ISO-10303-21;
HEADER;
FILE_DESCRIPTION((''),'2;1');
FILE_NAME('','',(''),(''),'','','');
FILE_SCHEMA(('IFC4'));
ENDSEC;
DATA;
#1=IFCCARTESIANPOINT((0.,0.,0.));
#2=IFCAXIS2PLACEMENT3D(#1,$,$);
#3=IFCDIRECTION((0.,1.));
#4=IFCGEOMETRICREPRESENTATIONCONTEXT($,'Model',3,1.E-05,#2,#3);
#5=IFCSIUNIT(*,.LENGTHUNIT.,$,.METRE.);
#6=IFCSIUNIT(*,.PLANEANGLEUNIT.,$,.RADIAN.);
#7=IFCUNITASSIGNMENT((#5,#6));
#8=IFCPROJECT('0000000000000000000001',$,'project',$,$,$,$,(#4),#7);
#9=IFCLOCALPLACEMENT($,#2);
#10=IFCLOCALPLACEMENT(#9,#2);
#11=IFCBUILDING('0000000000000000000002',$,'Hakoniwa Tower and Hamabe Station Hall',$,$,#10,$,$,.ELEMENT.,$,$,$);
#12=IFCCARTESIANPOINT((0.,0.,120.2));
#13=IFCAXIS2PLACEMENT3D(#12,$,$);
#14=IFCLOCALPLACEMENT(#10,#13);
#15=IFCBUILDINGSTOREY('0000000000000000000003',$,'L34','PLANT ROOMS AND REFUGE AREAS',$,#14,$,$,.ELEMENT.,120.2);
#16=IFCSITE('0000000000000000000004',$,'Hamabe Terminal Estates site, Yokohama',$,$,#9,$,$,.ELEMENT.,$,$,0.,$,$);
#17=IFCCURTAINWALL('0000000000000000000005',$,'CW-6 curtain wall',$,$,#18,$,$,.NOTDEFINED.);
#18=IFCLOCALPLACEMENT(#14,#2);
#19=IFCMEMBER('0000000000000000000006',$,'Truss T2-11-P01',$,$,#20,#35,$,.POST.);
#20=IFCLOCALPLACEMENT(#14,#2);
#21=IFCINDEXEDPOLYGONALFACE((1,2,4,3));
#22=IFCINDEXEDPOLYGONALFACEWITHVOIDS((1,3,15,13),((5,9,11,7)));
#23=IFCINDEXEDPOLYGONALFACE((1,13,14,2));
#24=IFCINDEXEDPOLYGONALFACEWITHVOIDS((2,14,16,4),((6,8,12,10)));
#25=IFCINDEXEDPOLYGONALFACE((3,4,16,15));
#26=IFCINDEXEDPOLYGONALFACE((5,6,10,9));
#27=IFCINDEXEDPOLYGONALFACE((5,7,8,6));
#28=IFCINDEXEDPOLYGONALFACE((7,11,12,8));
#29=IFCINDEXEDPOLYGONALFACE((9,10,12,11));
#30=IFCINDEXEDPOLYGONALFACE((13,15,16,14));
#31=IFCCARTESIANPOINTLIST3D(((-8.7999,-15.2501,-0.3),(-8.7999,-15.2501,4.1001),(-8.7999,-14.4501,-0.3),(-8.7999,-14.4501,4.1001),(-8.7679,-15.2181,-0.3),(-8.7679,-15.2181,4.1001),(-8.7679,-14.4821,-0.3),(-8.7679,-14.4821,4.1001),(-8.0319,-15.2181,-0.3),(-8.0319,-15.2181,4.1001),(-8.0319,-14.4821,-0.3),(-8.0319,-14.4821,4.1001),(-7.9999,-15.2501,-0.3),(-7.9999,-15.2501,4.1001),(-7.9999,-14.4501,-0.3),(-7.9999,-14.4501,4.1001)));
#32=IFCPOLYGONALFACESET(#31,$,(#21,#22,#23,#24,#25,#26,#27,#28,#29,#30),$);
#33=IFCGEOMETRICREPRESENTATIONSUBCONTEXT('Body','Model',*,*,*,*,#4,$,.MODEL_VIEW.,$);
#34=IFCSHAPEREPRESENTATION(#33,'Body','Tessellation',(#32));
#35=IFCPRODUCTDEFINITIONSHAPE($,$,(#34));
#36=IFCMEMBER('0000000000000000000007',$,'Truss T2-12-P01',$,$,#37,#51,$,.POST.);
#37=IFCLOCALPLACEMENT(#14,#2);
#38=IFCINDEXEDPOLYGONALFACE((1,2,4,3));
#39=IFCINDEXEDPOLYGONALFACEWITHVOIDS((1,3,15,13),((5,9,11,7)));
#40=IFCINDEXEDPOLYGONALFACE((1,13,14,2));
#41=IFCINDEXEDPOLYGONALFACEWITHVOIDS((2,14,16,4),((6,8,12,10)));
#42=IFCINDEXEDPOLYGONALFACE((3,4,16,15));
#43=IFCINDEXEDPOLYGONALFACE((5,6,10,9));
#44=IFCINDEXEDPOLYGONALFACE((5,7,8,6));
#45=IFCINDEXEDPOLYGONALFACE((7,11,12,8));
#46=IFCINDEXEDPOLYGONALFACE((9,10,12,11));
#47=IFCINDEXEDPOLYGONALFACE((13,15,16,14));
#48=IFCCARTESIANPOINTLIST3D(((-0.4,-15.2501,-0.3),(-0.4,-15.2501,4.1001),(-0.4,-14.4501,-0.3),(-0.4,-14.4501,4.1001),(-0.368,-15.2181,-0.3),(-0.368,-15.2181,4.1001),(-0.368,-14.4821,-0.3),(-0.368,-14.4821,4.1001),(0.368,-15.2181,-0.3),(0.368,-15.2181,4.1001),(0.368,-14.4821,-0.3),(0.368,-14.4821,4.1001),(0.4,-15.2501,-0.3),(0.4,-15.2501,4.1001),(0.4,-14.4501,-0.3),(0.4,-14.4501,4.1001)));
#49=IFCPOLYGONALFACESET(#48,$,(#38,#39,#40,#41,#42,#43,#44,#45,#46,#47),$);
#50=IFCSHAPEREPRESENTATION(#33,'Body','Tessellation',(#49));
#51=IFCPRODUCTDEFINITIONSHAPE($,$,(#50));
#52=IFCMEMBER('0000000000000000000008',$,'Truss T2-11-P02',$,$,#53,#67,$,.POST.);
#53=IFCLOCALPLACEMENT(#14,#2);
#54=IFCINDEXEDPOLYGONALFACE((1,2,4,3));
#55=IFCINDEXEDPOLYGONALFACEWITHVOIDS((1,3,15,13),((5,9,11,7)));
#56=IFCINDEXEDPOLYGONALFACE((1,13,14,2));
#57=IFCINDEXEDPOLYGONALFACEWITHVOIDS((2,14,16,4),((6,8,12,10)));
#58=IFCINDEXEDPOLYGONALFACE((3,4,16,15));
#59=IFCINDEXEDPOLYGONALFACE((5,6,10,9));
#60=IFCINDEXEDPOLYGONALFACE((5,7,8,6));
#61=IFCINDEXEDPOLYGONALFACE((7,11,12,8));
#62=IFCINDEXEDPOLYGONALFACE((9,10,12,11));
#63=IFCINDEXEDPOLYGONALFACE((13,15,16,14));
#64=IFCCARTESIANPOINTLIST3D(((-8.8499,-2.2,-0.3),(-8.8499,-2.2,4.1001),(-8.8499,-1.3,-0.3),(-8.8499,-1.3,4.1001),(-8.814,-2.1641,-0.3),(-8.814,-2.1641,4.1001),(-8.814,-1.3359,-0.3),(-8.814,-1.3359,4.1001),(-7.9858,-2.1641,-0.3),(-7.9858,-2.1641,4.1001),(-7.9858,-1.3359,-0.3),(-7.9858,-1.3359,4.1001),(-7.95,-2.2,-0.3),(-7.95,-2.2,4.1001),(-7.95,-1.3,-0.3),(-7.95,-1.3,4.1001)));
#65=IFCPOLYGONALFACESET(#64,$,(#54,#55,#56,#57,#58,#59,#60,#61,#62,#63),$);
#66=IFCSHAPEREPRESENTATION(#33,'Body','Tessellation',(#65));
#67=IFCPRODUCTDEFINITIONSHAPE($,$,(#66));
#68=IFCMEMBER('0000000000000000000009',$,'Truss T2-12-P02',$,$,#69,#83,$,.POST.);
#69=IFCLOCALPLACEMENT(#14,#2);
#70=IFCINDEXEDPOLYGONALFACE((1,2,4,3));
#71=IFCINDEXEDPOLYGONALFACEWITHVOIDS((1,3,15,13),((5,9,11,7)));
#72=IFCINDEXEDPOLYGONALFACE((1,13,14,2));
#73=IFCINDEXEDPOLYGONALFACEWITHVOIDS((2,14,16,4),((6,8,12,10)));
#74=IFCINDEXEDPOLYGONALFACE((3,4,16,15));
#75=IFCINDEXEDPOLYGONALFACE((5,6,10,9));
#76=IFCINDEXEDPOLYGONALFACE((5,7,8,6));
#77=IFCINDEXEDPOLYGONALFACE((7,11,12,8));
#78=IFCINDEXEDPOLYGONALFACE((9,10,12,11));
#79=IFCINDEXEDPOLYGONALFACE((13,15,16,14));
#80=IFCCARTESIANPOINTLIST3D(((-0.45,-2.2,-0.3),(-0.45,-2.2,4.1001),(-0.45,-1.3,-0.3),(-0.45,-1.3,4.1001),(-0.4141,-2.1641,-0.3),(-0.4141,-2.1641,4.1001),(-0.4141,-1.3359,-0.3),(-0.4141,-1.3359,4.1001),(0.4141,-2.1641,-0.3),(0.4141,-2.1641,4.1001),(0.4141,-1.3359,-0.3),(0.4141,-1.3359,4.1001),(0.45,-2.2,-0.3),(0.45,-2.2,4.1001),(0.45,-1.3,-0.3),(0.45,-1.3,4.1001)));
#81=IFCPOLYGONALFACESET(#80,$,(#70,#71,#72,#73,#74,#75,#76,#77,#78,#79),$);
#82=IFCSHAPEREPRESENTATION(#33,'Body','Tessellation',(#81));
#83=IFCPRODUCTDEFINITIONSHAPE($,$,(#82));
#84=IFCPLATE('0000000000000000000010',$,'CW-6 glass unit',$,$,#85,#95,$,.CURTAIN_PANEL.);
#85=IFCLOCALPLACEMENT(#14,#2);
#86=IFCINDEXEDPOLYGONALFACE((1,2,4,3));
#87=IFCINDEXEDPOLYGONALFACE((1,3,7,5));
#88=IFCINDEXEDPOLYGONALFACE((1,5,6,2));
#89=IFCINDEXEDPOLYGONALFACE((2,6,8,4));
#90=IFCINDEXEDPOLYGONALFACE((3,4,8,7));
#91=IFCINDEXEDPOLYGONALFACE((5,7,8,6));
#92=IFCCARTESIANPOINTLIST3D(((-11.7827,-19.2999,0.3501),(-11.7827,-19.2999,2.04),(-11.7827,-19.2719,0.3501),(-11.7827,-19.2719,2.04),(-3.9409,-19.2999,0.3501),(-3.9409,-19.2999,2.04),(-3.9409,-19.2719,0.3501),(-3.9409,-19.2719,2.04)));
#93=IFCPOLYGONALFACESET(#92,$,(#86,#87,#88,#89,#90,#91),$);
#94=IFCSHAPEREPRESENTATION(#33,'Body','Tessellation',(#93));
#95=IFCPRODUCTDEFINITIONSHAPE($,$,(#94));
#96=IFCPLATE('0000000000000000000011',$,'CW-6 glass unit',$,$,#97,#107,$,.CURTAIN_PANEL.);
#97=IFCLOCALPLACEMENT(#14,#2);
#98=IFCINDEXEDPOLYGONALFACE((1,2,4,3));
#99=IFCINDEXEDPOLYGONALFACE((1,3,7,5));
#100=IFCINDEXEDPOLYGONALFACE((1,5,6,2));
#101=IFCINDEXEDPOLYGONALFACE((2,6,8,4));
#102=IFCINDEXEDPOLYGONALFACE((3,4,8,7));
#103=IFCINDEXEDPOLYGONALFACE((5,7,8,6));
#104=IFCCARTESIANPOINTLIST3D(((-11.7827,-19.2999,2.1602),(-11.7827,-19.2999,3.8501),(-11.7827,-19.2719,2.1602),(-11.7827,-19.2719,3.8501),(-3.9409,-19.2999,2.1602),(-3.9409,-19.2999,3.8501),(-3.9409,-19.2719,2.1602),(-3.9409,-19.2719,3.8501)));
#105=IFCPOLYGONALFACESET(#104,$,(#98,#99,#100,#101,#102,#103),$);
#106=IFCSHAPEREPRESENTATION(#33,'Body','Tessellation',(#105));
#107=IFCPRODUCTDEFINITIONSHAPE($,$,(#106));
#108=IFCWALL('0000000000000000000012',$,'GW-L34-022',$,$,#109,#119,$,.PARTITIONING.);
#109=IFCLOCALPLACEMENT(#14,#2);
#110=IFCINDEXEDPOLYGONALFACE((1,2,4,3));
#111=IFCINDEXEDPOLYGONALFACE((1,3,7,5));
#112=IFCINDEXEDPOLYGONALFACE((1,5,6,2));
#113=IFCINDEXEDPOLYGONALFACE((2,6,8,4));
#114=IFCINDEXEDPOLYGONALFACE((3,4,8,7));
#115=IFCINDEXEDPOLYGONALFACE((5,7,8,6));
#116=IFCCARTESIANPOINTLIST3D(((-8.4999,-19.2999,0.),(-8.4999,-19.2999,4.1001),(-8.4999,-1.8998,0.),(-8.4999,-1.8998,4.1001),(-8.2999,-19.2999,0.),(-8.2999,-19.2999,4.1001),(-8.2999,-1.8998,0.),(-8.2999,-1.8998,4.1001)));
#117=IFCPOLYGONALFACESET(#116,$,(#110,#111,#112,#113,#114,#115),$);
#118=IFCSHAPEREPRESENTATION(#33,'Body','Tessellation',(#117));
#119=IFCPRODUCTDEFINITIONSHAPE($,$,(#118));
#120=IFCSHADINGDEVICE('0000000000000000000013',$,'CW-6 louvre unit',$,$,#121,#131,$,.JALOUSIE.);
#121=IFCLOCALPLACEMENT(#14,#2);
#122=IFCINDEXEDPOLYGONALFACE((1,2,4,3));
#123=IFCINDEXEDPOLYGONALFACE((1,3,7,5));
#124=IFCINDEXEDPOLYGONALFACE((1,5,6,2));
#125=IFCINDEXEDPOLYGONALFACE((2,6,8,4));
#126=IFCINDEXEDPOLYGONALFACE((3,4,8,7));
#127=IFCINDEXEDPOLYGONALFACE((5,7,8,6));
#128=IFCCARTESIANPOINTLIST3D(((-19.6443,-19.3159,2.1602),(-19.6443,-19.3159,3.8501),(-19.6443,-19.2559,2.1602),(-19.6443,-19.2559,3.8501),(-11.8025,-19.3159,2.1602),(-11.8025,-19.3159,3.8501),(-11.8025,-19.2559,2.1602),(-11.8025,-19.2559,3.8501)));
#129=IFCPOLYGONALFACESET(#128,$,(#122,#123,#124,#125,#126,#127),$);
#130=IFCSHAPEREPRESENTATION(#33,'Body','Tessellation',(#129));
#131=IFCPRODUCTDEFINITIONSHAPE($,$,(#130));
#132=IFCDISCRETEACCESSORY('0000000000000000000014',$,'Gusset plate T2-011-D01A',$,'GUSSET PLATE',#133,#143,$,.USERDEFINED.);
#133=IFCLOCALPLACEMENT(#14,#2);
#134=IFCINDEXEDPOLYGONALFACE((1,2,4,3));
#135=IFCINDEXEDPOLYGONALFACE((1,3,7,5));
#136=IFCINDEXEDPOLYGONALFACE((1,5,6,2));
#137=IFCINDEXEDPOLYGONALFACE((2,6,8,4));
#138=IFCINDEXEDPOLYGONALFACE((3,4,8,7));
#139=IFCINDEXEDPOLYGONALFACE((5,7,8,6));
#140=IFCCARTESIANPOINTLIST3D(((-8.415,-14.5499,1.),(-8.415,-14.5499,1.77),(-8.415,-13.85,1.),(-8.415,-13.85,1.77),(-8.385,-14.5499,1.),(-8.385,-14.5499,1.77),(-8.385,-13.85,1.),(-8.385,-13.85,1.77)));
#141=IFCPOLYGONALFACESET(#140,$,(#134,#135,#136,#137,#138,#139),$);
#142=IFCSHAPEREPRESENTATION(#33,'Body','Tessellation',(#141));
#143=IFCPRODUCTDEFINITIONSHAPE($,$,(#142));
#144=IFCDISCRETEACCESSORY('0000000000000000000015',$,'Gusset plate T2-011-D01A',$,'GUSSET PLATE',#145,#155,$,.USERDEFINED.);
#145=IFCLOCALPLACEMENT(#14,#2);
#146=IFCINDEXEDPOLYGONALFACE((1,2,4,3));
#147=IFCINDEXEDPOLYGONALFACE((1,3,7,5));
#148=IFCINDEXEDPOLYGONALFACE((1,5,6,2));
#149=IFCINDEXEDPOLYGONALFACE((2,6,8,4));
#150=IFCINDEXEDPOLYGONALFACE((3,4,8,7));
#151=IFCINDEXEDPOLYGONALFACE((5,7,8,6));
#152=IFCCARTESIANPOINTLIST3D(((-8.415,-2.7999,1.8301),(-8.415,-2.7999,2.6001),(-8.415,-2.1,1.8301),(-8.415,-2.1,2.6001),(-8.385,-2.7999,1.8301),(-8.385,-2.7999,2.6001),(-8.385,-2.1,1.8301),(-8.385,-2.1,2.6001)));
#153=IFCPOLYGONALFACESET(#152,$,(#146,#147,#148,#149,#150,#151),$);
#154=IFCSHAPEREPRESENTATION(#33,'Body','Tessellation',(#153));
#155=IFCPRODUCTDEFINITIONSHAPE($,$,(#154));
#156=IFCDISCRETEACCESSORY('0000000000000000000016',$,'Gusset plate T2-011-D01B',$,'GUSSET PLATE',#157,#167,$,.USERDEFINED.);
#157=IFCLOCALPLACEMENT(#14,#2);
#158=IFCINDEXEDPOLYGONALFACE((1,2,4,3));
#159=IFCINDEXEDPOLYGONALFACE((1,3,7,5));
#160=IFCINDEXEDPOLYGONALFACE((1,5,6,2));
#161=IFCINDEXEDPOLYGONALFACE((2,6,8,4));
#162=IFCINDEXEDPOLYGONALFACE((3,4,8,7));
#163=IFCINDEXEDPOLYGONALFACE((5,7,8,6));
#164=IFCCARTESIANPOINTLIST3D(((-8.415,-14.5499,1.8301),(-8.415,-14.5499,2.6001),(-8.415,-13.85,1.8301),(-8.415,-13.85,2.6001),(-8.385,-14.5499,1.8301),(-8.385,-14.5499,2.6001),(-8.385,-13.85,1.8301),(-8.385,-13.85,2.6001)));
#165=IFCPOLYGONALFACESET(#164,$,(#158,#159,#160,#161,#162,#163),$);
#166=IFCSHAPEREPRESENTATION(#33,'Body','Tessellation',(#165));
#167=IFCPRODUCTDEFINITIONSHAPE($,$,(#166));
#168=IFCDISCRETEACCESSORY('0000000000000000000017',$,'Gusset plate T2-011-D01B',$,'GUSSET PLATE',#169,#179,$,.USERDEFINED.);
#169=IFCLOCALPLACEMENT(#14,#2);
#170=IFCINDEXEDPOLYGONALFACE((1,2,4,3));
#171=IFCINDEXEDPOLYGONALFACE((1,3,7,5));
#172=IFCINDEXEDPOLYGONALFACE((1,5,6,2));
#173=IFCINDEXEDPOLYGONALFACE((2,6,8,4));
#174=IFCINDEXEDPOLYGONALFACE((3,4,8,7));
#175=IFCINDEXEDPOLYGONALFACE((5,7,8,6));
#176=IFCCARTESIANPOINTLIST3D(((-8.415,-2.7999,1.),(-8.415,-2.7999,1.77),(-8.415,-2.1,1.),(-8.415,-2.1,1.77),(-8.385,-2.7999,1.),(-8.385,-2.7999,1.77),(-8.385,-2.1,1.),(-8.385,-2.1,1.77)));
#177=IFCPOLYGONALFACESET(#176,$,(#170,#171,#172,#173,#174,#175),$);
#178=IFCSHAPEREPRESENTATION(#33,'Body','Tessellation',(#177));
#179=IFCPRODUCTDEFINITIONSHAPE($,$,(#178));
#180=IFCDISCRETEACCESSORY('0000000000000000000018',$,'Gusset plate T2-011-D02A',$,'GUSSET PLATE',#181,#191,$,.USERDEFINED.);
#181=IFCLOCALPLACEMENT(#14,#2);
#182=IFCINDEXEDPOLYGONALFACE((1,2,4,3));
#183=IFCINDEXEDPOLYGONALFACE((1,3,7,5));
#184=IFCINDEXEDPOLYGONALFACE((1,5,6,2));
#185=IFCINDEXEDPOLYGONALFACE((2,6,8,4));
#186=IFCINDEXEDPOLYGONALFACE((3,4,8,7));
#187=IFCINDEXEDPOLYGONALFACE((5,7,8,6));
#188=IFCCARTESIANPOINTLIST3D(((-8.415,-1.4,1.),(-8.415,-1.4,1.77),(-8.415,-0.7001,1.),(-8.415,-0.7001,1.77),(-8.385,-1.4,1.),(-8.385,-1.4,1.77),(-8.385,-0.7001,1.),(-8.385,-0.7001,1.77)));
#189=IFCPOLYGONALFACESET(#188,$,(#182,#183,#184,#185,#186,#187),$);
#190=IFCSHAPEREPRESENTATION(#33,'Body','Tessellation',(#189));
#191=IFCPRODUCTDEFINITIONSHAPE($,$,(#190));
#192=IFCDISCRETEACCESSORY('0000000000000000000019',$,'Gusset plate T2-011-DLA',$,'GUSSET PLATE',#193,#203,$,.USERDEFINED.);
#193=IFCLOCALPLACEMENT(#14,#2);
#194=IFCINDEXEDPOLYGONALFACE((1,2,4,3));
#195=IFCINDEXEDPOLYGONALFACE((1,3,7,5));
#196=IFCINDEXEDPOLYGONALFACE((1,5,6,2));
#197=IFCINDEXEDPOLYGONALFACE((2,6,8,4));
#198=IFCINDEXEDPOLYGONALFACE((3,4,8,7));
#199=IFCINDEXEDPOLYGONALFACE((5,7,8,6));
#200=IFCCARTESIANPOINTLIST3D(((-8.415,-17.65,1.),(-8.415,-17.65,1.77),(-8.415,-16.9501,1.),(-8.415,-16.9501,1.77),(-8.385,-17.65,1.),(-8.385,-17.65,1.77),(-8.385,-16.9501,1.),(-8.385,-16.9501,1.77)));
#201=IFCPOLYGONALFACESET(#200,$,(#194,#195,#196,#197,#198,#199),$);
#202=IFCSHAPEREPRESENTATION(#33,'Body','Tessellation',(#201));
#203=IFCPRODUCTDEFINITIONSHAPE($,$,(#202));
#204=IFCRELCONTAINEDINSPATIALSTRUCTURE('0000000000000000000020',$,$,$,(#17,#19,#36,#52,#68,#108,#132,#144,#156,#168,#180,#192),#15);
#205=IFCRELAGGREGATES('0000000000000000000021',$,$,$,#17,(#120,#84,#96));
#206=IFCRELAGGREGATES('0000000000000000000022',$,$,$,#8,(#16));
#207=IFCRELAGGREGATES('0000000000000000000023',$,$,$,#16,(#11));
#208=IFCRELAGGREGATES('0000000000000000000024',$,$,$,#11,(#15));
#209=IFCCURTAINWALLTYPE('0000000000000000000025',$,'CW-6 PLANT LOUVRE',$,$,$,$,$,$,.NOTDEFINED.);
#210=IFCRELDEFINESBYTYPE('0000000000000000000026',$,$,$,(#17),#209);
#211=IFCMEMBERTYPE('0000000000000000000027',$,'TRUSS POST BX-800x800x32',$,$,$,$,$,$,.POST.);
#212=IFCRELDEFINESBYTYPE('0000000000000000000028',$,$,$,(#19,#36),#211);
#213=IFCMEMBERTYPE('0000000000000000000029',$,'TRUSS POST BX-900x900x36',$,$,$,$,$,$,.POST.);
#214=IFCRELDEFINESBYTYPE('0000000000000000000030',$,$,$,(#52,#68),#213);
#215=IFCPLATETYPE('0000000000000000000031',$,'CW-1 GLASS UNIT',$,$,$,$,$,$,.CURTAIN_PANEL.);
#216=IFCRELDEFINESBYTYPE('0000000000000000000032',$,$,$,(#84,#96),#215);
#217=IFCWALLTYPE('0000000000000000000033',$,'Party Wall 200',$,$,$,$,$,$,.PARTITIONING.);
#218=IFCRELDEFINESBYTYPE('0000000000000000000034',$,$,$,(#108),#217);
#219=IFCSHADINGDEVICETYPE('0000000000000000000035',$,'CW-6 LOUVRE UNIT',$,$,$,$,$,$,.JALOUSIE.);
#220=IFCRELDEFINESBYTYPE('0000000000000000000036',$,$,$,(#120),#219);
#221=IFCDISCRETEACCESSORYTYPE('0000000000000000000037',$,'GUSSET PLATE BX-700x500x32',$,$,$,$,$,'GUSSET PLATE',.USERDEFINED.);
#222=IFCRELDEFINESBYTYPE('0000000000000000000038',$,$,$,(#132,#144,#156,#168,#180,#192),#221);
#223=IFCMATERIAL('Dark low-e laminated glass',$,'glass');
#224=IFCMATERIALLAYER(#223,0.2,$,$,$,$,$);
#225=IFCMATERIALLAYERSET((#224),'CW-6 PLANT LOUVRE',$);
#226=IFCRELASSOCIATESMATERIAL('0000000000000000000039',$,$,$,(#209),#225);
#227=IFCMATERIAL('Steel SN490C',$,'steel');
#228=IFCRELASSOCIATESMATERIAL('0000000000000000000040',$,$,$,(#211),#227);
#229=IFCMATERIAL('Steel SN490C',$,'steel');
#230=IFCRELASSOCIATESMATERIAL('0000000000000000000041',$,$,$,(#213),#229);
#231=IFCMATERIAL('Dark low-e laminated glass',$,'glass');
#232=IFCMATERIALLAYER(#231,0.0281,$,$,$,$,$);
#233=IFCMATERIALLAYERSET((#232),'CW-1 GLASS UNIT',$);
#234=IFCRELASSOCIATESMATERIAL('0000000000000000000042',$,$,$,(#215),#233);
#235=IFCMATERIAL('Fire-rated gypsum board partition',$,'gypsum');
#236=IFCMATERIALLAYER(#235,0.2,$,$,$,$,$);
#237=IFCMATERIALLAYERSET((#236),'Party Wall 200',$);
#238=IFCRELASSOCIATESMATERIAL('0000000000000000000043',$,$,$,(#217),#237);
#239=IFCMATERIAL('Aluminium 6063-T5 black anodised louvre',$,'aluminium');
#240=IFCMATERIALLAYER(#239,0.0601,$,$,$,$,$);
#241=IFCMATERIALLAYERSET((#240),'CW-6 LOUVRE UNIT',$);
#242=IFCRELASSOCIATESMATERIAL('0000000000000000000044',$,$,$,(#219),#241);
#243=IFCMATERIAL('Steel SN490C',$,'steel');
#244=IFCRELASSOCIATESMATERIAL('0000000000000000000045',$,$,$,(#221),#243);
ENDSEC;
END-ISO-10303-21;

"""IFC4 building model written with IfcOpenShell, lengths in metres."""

from ifc_helpers import new_model, si_unit, direction, frame, frame_2d, origin, origin_2d, place, context, subcontext, project, spatial, rectangle, hollow_rectangle, extrude, material, layer, layer_set, material_profile, profile_set, type_object, element, aggregate, save


model = new_model("IFC4")

# Units and contexts
model_context = context("Model", 3, precision=1e-05, world=origin(), true_north=direction((0.0, 1.0)))
body_context = subcontext(model_context, "Body", "Model", "MODEL_VIEW")
ifc_project = project(units=[si_unit("LENGTHUNIT", "METRE"), si_unit("PLANEANGLEUNIT", "RADIAN")], contexts=[model_context])

# Site, building, storey
site_placement = place(None, origin())
site = spatial("IfcSite", under=ifc_project, at=site_placement, Name="Hamabe Terminal Estates site, Yokohama", CompositionType="ELEMENT", RefElevation=0.0)
building_placement = place(site_placement, origin())
building = spatial("IfcBuilding", under=site, at=building_placement, Name="Hakoniwa Tower and Hamabe Station Hall", CompositionType="ELEMENT")
storey_placement = place(building_placement, frame((0.0, 0.0, 120.2)))
storey = spatial("IfcBuildingStorey", under=building, at=storey_placement, Name="L34", Description="PLANT ROOMS AND REFUGE AREAS", CompositionType="ELEMENT", Elevation=120.2)

# Curtain wall
ifc_material_1 = material(Name="Dark low-e laminated glass", Category="glass")
ifc_layer_1 = layer(ifc_material_1, 0.2)
ifc_layer_set_1 = layer_set([ifc_layer_1], Name="CW-6 PLANT LOUVRE")
curtain_wall_type = type_object("IfcCurtainWallType", Name="CW-6 PLANT LOUVRE", PredefinedType="NOTDEFINED", material=ifc_layer_set_1)
curtain_wall_placement = place(storey_placement, origin())
curtain_wall = element("IfcCurtainWall", 1, at=curtain_wall_placement, inside=storey, type_object=curtain_wall_type, Name="CW-6 curtain wall", PredefinedType="NOTDEFINED")

# Members
ifc_material_2 = material(Name="Steel SN490C", Category="steel")
ifc_material_profile_1 = material_profile(ifc_material_2, hollow_rectangle(XDim=0.8, YDim=0.8, WallThickness=0.032, at=origin_2d()), Name="BX-800x800x32")
ifc_profile_set_1 = profile_set([ifc_material_profile_1], Name="Steel SN490C")
member_type_1 = type_object("IfcMemberType", Name="TRUSS POST BX-800x800x32", PredefinedType="POST", material=ifc_profile_set_1)
for number, where, z_axis, x_axis, name in (
    (2, (-8.3999, -14.8501, -0.3), (0.0, 0.0, 1.0), (1.0, 0.0, 0.0), "Truss T2-11-P01"),
    (3, (0.0, -14.8501, -0.3), (0.0, 0.0, 1.0), (1.0, 0.0, 0.0), "Truss T2-12-P01"),
):
    element("IfcMember", number, at=place(storey_placement, frame(where, z_axis=z_axis, x_axis=x_axis)), inside=storey, type_object=member_type_1, Name=name, PredefinedType="POST", context=body_context, shape_type="SweptSolid", body=[
        extrude(hollow_rectangle(XDim=0.8, YDim=0.8, WallThickness=0.032, at=origin_2d()), origin(), (0.0, 0.0, 1.0), 4.4001),
    ])
ifc_material_3 = material(Name="Steel SN490C", Category="steel")
ifc_material_profile_2 = material_profile(ifc_material_3, hollow_rectangle(XDim=0.8999, YDim=0.8999, WallThickness=0.0359, at=origin_2d()), Name="BX-900x900x36")
ifc_profile_set_2 = profile_set([ifc_material_profile_2], Name="Steel SN490C")
member_type_2 = type_object("IfcMemberType", Name="TRUSS POST BX-900x900x36", PredefinedType="POST", material=ifc_profile_set_2)
for number, where, z_axis, x_axis, name in (
    (4, (-8.3999, -1.75, -0.3), (0.0, 0.0, 1.0), (1.0, 0.0, 0.0), "Truss T2-11-P02"),
    (5, (0.0, -1.75, -0.3), (0.0, 0.0, 1.0), (1.0, 0.0, 0.0), "Truss T2-12-P02"),
):
    element("IfcMember", number, at=place(storey_placement, frame(where, z_axis=z_axis, x_axis=x_axis)), inside=storey, type_object=member_type_2, Name=name, PredefinedType="POST", context=body_context, shape_type="SweptSolid", body=[
        extrude(hollow_rectangle(XDim=0.8999, YDim=0.8999, WallThickness=0.0359, at=origin_2d()), origin(), (0.0, 0.0, 1.0), 4.4001),
    ])

# Plates
ifc_material_4 = material(Name="Dark low-e laminated glass", Category="glass")
ifc_layer_2 = layer(ifc_material_4, 0.0281)
ifc_layer_set_2 = layer_set([ifc_layer_2], Name="CW-1 GLASS UNIT")
plate_type = type_object("IfcPlateType", Name="CW-1 GLASS UNIT", PredefinedType="CURTAIN_PANEL", material=ifc_layer_set_2)
plate_1_placement = place(storey_placement, frame((-7.8618, -19.2859, 0.3501), z_axis=(0.0, 0.0, 1.0), x_axis=(1.0, 0.0, 0.0)))
plate_1 = element("IfcPlate", 6, at=plate_1_placement, type_object=plate_type, Name="CW-6 glass unit", PredefinedType="CURTAIN_PANEL", context=body_context, shape_type="SweptSolid", body=[
    extrude(rectangle(XDim=7.8418, YDim=0.0281, at=origin_2d()), origin(), (0.0, 0.0, 1.0), 1.6899),
])
plate_2_placement = place(storey_placement, frame((-7.8618, -19.2859, 2.1602), z_axis=(0.0, 0.0, 1.0), x_axis=(1.0, 0.0, 0.0)))
plate_2 = element("IfcPlate", 7, at=plate_2_placement, type_object=plate_type, Name="CW-6 glass unit", PredefinedType="CURTAIN_PANEL", context=body_context, shape_type="SweptSolid", body=[
    extrude(rectangle(XDim=7.8418, YDim=0.0281, at=origin_2d()), origin(), (0.0, 0.0, 1.0), 1.6899),
])

# Wall
ifc_material_5 = material(Name="Fire-rated gypsum board partition", Category="gypsum")
ifc_layer_3 = layer(ifc_material_5, 0.2)
ifc_layer_set_3 = layer_set([ifc_layer_3], Name="Party Wall 200")
wall_type = type_object("IfcWallType", Name="Party Wall 200", PredefinedType="PARTITIONING", material=ifc_layer_set_3)
wall_placement = place(storey_placement, frame((-8.3999, -19.3, 0.0), z_axis=(0.0, 0.0, 1.0), x_axis=(0.0, 1.0, 0.0)))
element("IfcWall", 8, at=wall_placement, inside=storey, type_object=wall_type, Name="GW-L34-022", PredefinedType="PARTITIONING", context=body_context, shape_type="SweptSolid", body=[
    extrude(rectangle(XDim=17.4001, YDim=0.2, at=frame_2d((8.7002, 0.0))), origin(), (0.0, 0.0, 1.0), 4.1001),
])

# Shading device
ifc_material_6 = material(Name="Aluminium 6063-T5 black anodised louvre", Category="aluminium")
ifc_layer_4 = layer(ifc_material_6, 0.0601)
ifc_layer_set_4 = layer_set([ifc_layer_4], Name="CW-6 LOUVRE UNIT")
shading_device_type = type_object("IfcShadingDeviceType", Name="CW-6 LOUVRE UNIT", PredefinedType="JALOUSIE", material=ifc_layer_set_4)
shading_device_placement = place(storey_placement, frame((-15.7234, -19.2859, 2.1602), z_axis=(0.0, 0.0, 1.0), x_axis=(1.0, 0.0, 0.0)))
shading_device = element("IfcShadingDevice", 9, at=shading_device_placement, type_object=shading_device_type, Name="CW-6 louvre unit", PredefinedType="JALOUSIE", context=body_context, shape_type="SweptSolid", body=[
    extrude(rectangle(XDim=7.8418, YDim=0.0601, at=origin_2d()), origin(), (0.0, 0.0, 1.0), 1.6899),
])
aggregate(curtain_wall, [shading_device, plate_1, plate_2])

# Discrete accessories
ifc_material_7 = material(Name="Steel SN490C", Category="steel")
ifc_material_profile_3 = material_profile(ifc_material_7, rectangle(XDim=0.7, YDim=0.77, at=origin_2d()), Name="GUSSET PLATE BX-700x500x32")
ifc_profile_set_3 = profile_set([ifc_material_profile_3], Name="Steel SN490C")
discrete_accessory_type = type_object("IfcDiscreteAccessoryType", Name="GUSSET PLATE BX-700x500x32", ElementType="GUSSET PLATE", PredefinedType="USERDEFINED", material=ifc_profile_set_3)
for number, where, z_axis, x_axis, name in (
    (10, (-8.385, -14.2, 1.385), (-1.0, 0.0, 0.0), (0.0, -1.0, 0.0), "Gusset plate T2-011-D01A"),
    (11, (-8.385, -2.45, 2.2151), (-1.0, 0.0, 0.0), (0.0, -1.0, 0.0), "Gusset plate T2-011-D01A"),
    (12, (-8.385, -14.2, 2.2151), (-1.0, 0.0, 0.0), (0.0, -1.0, 0.0), "Gusset plate T2-011-D01B"),
    (13, (-8.385, -2.45, 1.385), (-1.0, 0.0, 0.0), (0.0, -1.0, 0.0), "Gusset plate T2-011-D01B"),
    (14, (-8.385, -1.05, 1.385), (-1.0, 0.0, 0.0), (0.0, -1.0, 0.0), "Gusset plate T2-011-D02A"),
    (15, (-8.385, -17.3, 1.385), (-1.0, 0.0, 0.0), (0.0, -1.0, 0.0), "Gusset plate T2-011-DLA"),
):
    element("IfcDiscreteAccessory", number, at=place(storey_placement, frame(where, z_axis=z_axis, x_axis=x_axis)), inside=storey, type_object=discrete_accessory_type, Name=name, ObjectType="GUSSET PLATE", PredefinedType="USERDEFINED", context=body_context, shape_type="SweptSolid", body=[
        extrude(rectangle(XDim=0.7, YDim=0.77, at=origin_2d()), origin(), (0.0, 0.0, 1.0), 0.03),
    ])

save(model, "model.ifc")
